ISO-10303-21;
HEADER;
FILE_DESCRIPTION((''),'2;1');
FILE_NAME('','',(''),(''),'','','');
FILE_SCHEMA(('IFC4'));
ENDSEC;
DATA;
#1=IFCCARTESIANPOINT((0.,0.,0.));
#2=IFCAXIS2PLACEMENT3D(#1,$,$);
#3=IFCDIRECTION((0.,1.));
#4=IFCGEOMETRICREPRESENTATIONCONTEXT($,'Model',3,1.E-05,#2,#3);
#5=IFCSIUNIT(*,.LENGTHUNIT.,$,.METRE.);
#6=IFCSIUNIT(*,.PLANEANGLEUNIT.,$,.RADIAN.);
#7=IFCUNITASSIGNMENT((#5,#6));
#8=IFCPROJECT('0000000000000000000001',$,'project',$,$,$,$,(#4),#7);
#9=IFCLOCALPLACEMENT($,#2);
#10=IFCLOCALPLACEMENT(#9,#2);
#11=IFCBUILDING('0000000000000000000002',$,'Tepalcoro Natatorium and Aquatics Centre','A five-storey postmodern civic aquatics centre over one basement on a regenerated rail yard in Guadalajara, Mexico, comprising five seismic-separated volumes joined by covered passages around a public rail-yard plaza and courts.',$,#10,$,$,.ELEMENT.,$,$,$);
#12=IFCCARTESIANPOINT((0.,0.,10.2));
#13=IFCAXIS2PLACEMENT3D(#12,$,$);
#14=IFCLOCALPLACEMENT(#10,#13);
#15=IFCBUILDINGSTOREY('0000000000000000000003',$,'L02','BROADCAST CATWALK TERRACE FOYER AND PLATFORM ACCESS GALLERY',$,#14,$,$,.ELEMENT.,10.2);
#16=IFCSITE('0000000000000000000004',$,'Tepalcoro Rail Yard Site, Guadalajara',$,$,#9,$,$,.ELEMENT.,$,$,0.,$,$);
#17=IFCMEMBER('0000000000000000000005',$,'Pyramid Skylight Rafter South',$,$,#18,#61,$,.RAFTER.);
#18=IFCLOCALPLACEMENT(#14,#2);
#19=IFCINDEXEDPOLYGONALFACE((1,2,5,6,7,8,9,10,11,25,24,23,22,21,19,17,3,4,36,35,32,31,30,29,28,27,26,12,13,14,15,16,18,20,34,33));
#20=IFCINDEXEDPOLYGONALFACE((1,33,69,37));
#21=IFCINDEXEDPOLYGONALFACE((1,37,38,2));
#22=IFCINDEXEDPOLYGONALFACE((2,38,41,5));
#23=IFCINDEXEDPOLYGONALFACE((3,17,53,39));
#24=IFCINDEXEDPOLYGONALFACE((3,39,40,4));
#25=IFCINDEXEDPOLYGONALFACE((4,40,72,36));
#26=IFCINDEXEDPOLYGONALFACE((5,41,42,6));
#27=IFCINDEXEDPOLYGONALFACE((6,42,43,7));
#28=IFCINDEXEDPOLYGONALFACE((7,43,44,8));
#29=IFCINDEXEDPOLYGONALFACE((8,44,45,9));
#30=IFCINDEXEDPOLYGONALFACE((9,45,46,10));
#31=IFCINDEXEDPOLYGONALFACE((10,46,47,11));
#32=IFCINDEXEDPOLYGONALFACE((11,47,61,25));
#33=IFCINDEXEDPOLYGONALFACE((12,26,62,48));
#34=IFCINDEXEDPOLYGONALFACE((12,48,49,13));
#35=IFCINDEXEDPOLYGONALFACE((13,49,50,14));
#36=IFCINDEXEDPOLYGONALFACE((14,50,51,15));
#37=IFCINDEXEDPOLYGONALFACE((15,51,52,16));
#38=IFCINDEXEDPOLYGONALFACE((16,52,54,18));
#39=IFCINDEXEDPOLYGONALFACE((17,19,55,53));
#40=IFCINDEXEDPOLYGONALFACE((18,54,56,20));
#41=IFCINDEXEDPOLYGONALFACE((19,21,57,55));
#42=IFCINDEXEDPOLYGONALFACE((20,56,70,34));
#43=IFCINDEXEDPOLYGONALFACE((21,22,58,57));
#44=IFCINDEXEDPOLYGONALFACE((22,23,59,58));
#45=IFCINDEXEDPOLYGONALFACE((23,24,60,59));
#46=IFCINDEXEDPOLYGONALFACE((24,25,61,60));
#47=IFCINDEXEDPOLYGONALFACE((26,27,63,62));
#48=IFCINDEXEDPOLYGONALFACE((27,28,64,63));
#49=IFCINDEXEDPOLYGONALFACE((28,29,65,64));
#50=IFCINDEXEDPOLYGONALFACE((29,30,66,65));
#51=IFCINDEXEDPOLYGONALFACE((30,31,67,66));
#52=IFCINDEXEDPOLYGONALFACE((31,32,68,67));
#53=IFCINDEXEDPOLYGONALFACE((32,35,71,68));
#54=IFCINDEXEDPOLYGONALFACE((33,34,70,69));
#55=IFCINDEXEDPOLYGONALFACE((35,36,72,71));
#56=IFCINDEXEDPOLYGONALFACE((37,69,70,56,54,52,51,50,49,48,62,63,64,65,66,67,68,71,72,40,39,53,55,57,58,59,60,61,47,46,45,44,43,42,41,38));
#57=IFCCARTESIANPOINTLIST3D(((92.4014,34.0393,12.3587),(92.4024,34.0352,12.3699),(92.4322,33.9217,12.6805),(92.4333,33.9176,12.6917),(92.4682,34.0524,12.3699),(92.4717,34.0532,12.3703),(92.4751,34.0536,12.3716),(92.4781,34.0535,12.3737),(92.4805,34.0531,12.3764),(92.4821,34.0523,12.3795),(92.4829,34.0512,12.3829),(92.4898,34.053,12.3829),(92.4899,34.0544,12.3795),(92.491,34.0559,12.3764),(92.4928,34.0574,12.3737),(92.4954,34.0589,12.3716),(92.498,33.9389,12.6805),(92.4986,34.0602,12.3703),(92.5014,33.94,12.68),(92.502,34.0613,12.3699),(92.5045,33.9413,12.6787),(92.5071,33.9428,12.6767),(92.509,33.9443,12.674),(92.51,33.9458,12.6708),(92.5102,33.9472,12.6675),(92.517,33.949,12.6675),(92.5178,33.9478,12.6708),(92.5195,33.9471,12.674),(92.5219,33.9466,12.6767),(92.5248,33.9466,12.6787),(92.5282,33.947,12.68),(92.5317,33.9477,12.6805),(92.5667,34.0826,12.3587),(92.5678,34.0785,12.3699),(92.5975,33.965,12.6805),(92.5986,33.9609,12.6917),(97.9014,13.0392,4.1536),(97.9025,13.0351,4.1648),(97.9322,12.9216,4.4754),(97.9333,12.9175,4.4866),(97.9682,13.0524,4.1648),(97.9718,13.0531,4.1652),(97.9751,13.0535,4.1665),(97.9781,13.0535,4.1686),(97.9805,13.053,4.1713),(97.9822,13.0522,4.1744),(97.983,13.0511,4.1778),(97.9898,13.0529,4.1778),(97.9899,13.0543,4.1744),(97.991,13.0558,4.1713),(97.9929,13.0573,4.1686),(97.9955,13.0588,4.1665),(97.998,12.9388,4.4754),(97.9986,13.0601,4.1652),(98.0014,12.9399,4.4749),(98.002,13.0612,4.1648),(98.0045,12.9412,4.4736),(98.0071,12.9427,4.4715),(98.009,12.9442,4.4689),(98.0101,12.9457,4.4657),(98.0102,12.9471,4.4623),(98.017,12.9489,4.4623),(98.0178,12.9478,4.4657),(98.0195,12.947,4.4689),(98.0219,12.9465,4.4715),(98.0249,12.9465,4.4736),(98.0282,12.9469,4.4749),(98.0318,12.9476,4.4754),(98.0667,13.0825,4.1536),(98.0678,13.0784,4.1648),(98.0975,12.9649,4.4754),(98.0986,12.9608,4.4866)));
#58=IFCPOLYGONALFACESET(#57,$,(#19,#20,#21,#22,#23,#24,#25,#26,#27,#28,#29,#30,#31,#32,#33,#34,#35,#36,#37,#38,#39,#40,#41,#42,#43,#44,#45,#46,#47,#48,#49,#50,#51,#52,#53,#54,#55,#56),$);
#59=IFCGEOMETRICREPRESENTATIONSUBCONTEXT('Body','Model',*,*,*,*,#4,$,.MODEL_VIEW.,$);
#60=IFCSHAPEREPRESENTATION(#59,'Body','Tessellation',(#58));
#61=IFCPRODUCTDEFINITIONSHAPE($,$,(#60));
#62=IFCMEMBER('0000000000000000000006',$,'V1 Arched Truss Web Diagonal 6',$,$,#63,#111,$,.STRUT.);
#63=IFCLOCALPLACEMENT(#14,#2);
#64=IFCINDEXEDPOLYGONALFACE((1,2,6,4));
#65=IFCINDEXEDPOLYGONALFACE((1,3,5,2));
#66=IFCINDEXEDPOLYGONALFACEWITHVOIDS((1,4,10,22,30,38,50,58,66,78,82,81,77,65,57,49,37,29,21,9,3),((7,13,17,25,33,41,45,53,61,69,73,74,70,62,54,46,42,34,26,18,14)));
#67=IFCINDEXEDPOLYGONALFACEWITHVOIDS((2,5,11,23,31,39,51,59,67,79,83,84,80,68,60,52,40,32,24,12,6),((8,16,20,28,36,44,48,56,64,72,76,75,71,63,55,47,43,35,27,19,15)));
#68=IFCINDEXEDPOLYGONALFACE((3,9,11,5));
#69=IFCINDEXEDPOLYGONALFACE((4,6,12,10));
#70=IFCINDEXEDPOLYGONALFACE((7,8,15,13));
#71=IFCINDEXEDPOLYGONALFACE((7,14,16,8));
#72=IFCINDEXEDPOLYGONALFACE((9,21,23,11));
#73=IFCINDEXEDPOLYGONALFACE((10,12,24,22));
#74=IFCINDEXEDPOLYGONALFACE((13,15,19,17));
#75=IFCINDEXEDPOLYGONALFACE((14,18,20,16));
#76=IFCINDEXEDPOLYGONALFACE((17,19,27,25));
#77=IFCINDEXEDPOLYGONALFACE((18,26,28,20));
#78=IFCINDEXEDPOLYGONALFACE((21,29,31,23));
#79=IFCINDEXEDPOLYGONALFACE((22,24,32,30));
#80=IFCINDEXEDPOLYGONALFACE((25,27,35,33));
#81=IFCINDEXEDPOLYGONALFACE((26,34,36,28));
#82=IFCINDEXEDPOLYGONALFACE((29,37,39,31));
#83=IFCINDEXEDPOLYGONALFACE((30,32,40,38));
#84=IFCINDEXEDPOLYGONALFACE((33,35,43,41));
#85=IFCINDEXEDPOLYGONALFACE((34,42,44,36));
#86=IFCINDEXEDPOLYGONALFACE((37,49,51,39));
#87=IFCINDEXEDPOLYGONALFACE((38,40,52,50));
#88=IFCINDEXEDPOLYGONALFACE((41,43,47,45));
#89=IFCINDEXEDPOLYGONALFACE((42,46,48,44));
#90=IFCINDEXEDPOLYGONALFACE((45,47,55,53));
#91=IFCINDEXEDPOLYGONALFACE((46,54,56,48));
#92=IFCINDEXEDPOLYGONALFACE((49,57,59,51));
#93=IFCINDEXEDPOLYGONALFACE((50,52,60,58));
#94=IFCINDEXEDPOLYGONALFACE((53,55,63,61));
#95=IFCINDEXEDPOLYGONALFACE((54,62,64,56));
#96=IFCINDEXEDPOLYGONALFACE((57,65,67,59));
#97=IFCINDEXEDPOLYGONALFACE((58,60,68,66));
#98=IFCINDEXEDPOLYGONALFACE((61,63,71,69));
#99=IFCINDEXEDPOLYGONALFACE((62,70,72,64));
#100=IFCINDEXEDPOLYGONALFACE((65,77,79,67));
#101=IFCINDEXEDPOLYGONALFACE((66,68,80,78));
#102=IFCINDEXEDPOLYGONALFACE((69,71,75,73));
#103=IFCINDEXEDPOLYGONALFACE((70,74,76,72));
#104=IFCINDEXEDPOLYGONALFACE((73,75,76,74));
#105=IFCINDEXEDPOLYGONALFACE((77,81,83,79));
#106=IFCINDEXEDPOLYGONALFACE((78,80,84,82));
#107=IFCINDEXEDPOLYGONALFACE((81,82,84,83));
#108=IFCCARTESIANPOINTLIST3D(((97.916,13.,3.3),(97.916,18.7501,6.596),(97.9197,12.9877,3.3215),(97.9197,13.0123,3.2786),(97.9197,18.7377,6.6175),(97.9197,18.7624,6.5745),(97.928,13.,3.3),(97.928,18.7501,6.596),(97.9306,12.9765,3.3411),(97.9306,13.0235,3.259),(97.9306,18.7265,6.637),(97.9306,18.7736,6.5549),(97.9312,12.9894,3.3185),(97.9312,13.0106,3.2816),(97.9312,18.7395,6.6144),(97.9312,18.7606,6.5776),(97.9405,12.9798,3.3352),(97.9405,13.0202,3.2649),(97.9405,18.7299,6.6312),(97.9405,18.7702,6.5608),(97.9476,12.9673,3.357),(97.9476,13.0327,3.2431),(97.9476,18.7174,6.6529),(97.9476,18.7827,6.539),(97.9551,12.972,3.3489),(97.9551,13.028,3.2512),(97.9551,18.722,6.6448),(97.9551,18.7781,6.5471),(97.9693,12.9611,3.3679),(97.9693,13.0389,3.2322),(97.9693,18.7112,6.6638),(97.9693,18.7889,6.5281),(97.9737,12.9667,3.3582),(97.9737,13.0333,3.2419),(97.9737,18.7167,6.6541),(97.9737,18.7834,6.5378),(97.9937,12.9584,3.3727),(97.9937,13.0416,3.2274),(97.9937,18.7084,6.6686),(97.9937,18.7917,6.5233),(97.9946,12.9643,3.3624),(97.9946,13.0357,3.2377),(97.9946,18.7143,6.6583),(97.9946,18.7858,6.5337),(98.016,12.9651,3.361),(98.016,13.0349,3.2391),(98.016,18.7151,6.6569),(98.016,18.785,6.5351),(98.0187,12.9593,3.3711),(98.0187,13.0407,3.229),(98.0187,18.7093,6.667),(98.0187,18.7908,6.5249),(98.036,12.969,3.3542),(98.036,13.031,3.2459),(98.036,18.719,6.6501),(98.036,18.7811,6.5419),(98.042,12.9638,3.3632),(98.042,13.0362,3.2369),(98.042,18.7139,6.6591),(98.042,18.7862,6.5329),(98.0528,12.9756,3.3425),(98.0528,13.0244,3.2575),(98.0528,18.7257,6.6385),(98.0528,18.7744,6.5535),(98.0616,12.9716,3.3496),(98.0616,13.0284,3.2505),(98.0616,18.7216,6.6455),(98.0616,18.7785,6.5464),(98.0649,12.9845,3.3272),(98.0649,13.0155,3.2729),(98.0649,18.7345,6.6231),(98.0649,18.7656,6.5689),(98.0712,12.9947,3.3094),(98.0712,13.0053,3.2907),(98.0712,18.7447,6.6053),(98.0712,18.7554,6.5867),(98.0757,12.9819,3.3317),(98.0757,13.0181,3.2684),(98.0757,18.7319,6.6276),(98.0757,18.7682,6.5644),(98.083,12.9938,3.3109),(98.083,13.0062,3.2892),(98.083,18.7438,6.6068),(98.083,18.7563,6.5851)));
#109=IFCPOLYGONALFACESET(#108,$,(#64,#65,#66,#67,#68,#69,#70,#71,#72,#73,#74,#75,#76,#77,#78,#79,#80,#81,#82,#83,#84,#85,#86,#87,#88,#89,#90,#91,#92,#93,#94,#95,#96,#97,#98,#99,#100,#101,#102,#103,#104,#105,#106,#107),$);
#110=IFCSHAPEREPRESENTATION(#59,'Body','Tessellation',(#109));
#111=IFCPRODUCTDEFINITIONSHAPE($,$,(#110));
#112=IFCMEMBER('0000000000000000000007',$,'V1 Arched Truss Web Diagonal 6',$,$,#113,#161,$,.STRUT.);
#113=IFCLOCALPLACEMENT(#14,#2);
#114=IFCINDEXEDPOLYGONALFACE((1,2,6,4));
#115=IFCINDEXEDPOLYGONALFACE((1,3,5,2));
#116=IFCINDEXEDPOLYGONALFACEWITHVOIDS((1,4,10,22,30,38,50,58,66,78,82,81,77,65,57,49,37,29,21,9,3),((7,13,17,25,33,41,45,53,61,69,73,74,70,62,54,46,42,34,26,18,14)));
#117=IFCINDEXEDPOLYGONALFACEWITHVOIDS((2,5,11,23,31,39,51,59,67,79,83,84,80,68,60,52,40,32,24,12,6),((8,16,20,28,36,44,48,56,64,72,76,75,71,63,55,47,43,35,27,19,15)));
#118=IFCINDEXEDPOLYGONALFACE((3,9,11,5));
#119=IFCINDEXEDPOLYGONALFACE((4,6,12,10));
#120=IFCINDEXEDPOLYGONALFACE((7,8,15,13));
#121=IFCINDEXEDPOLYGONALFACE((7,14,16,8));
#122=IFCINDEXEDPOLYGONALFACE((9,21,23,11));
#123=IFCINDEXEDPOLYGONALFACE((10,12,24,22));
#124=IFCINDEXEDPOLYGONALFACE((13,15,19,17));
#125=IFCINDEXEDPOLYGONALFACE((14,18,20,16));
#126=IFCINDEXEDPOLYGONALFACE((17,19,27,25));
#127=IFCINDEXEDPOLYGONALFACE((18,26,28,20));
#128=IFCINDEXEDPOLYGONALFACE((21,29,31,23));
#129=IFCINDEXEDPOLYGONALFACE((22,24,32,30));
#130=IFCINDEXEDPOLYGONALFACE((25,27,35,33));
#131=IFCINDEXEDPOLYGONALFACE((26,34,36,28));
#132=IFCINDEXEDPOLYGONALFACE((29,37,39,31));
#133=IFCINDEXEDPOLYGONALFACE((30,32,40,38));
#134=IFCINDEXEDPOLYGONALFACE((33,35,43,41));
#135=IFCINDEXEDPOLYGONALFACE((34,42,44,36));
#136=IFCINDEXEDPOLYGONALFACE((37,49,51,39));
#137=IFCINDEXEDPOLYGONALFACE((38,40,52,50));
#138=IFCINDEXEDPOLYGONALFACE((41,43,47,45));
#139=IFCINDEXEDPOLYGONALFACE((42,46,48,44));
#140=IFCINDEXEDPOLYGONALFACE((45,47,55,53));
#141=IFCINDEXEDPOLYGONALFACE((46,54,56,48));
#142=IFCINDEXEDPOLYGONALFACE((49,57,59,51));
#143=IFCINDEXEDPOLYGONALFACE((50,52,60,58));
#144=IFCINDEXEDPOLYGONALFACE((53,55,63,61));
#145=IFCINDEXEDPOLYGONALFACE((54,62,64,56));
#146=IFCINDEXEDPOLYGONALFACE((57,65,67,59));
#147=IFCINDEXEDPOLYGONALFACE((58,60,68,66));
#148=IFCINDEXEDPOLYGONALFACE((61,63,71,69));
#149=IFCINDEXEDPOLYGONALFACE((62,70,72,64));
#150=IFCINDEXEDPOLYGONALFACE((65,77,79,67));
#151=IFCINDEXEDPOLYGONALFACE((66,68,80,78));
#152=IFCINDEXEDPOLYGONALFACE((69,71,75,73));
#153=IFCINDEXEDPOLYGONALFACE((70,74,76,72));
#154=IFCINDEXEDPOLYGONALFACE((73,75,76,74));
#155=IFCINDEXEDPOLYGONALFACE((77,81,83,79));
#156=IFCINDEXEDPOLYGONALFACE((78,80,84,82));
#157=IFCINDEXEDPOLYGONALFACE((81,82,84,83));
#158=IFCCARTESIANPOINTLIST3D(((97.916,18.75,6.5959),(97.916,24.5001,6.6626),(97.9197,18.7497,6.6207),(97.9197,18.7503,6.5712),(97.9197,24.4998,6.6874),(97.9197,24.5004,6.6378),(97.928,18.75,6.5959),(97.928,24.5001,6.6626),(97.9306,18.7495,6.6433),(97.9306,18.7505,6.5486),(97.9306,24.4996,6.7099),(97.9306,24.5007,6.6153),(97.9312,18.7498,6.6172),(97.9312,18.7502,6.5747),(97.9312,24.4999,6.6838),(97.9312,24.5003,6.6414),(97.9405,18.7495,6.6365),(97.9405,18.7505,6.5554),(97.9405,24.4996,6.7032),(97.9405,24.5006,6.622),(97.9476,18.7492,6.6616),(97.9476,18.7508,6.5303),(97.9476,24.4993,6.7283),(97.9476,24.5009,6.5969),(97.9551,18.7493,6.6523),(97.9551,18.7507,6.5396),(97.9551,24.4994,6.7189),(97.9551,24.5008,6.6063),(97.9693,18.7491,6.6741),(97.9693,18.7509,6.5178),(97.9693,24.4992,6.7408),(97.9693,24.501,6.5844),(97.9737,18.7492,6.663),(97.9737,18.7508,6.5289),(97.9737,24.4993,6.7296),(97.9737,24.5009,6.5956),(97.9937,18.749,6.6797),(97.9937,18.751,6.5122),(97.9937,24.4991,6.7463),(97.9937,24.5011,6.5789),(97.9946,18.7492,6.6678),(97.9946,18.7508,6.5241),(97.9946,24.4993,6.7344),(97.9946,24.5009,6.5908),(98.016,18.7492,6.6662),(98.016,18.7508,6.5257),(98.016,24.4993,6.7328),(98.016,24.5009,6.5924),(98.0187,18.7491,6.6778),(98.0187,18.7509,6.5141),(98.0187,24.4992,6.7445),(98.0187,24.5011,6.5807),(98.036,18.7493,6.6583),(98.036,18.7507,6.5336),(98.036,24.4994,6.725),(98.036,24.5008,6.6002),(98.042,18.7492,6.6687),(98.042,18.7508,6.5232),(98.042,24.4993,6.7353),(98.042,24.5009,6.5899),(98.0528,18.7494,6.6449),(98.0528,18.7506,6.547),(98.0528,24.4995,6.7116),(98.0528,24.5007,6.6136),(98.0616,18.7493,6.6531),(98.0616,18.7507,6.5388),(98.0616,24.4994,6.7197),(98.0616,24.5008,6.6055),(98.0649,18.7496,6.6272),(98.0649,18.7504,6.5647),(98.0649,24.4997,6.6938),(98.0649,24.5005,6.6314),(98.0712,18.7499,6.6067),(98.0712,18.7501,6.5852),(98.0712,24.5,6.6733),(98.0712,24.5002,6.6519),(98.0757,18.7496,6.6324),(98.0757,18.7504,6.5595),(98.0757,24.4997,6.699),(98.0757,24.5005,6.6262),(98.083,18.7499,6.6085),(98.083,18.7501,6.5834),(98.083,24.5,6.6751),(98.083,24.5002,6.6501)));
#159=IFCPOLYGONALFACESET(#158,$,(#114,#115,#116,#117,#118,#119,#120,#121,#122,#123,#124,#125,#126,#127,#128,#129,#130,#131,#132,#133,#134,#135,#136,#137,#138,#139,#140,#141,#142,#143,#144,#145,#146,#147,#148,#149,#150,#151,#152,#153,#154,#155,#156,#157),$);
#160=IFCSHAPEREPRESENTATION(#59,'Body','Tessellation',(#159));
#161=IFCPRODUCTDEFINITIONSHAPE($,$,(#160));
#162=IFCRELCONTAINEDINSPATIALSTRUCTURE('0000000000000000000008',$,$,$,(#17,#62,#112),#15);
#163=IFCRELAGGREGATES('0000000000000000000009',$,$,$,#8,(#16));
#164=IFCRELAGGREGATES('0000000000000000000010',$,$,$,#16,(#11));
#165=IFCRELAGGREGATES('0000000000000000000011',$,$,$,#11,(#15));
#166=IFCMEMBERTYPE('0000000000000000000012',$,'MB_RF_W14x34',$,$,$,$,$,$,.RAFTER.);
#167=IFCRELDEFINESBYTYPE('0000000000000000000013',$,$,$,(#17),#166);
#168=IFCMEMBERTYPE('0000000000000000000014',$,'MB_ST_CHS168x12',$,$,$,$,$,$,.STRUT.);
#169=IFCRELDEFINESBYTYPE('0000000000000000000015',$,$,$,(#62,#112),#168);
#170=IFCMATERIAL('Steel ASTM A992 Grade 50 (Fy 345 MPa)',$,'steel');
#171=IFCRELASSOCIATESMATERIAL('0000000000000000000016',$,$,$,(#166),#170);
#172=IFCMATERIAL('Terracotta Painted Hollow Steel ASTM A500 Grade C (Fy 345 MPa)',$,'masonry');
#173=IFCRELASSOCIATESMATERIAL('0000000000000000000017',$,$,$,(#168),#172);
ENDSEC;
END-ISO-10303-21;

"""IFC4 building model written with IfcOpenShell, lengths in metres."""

from ifc_helpers import new_model, si_unit, direction, frame, origin, origin_2d, place, context, subcontext, project, spatial, hollow_circle, i_section, extrude, material, material_profile, profile_set, type_object, element, save


model = new_model("IFC4")

# Units and contexts
model_context = context("Model", 3, precision=1e-05, world=origin(), true_north=direction((0.0, 1.0)))
body_context = subcontext(model_context, "Body", "Model", "MODEL_VIEW")
ifc_project = project(units=[si_unit("LENGTHUNIT", "METRE"), si_unit("PLANEANGLEUNIT", "RADIAN")], contexts=[model_context])

# Site, building, storey
site_placement = place(None, origin())
site = spatial("IfcSite", under=ifc_project, at=site_placement, Name="Tepalcoro Rail Yard Site, Guadalajara", CompositionType="ELEMENT", RefElevation=0.0)
building_placement = place(site_placement, origin())
building = spatial("IfcBuilding", under=site, at=building_placement, Name="Tepalcoro Natatorium and Aquatics Centre", Description="A five-storey postmodern civic aquatics centre over one basement on a regenerated rail yard in Guadalajara, Mexico, comprising five seismic-separated volumes joined by covered passages around a public rail-yard plaza and courts.", CompositionType="ELEMENT")
storey_placement = place(building_placement, frame((0.0, 0.0, 10.2)))
storey = spatial("IfcBuildingStorey", under=building, at=storey_placement, Name="L02", Description="BROADCAST CATWALK TERRACE FOYER AND PLATFORM ACCESS GALLERY", CompositionType="ELEMENT", Elevation=10.2)

# Shared definitions
ifc_material_1 = material(Name="Steel ASTM A992 Grade 50 (Fy 345 MPa)", Category="steel")

# Shared definitions
ifc_material_2 = material(Name="Terracotta Painted Hollow Steel ASTM A500 Grade C (Fy 345 MPa)", Category="masonry")

# Members
ifc_material_profile_1 = material_profile(ifc_material_1, i_section(OverallWidth=0.1709, OverallDepth=0.356, WebThickness=0.0071, FlangeThickness=0.012, FilletRadius=0.0139, at=origin_2d()), Name="W14X34")
ifc_profile_set_1 = profile_set([ifc_material_profile_1], Name="Steel ASTM A992 Grade 50 (Fy 345 MPa)")
member_type_1 = type_object("IfcMemberType", Name="MB_RF_W14x34", PredefinedType="RAFTER", material=ifc_profile_set_1)
member_1_placement = place(storey_placement, frame((98.0, 13.0, 4.3201), z_axis=(-0.236996, 0.904892, 0.353558), x_axis=(-0.967372, -0.253359, 0.0)))
element("IfcMember", 1, at=member_1_placement, inside=storey, type_object=member_type_1, Name="Pyramid Skylight Rafter South", PredefinedType="RAFTER", context=body_context, shape_type="SweptSolid", body=[
    extrude(i_section(OverallWidth=0.1709, OverallDepth=0.356, WebThickness=0.0071, FlangeThickness=0.012, FilletRadius=0.0139, at=origin_2d()), origin(), (0.0, 0.0, 1.0), 23.2073),
])
ifc_material_profile_2 = material_profile(ifc_material_2, hollow_circle(Radius=0.084, WallThickness=0.012, at=origin_2d()), Name="CHS168X12")
ifc_profile_set_2 = profile_set([ifc_material_profile_2], Name="Terracotta Painted Hollow Steel ASTM A500 Grade C (Fy 345 MPa)")
member_type_2 = type_object("IfcMemberType", Name="MB_ST_CHS168x12", PredefinedType="STRUT", material=ifc_profile_set_2)
member_2_placement = place(storey_placement, frame((98.0, 13.0, 3.3), z_axis=(0.0, 0.86758, 0.497297), x_axis=(-1.0, 0.0, 0.0)))
element("IfcMember", 2, at=member_2_placement, inside=storey, type_object=member_type_2, Name="V1 Arched Truss Web Diagonal 6", PredefinedType="STRUT", context=body_context, shape_type="SweptSolid", body=[
    extrude(hollow_circle(Radius=0.084, WallThickness=0.012, at=origin_2d()), origin(), (0.0, 0.0, 1.0), 6.6277),
])
member_3_placement = place(storey_placement, frame((98.0, 18.75, 6.5959), z_axis=(0.0, 0.999933, 0.011591), x_axis=(-1.0, 0.0, 0.0)))
element("IfcMember", 3, at=member_3_placement, inside=storey, type_object=member_type_2, Name="V1 Arched Truss Web Diagonal 6", PredefinedType="STRUT", context=body_context, shape_type="SweptSolid", body=[
    extrude(hollow_circle(Radius=0.084, WallThickness=0.012, at=origin_2d()), origin(), (0.0, 0.0, 1.0), 5.7505),
])

save(model, "model.ifc")
